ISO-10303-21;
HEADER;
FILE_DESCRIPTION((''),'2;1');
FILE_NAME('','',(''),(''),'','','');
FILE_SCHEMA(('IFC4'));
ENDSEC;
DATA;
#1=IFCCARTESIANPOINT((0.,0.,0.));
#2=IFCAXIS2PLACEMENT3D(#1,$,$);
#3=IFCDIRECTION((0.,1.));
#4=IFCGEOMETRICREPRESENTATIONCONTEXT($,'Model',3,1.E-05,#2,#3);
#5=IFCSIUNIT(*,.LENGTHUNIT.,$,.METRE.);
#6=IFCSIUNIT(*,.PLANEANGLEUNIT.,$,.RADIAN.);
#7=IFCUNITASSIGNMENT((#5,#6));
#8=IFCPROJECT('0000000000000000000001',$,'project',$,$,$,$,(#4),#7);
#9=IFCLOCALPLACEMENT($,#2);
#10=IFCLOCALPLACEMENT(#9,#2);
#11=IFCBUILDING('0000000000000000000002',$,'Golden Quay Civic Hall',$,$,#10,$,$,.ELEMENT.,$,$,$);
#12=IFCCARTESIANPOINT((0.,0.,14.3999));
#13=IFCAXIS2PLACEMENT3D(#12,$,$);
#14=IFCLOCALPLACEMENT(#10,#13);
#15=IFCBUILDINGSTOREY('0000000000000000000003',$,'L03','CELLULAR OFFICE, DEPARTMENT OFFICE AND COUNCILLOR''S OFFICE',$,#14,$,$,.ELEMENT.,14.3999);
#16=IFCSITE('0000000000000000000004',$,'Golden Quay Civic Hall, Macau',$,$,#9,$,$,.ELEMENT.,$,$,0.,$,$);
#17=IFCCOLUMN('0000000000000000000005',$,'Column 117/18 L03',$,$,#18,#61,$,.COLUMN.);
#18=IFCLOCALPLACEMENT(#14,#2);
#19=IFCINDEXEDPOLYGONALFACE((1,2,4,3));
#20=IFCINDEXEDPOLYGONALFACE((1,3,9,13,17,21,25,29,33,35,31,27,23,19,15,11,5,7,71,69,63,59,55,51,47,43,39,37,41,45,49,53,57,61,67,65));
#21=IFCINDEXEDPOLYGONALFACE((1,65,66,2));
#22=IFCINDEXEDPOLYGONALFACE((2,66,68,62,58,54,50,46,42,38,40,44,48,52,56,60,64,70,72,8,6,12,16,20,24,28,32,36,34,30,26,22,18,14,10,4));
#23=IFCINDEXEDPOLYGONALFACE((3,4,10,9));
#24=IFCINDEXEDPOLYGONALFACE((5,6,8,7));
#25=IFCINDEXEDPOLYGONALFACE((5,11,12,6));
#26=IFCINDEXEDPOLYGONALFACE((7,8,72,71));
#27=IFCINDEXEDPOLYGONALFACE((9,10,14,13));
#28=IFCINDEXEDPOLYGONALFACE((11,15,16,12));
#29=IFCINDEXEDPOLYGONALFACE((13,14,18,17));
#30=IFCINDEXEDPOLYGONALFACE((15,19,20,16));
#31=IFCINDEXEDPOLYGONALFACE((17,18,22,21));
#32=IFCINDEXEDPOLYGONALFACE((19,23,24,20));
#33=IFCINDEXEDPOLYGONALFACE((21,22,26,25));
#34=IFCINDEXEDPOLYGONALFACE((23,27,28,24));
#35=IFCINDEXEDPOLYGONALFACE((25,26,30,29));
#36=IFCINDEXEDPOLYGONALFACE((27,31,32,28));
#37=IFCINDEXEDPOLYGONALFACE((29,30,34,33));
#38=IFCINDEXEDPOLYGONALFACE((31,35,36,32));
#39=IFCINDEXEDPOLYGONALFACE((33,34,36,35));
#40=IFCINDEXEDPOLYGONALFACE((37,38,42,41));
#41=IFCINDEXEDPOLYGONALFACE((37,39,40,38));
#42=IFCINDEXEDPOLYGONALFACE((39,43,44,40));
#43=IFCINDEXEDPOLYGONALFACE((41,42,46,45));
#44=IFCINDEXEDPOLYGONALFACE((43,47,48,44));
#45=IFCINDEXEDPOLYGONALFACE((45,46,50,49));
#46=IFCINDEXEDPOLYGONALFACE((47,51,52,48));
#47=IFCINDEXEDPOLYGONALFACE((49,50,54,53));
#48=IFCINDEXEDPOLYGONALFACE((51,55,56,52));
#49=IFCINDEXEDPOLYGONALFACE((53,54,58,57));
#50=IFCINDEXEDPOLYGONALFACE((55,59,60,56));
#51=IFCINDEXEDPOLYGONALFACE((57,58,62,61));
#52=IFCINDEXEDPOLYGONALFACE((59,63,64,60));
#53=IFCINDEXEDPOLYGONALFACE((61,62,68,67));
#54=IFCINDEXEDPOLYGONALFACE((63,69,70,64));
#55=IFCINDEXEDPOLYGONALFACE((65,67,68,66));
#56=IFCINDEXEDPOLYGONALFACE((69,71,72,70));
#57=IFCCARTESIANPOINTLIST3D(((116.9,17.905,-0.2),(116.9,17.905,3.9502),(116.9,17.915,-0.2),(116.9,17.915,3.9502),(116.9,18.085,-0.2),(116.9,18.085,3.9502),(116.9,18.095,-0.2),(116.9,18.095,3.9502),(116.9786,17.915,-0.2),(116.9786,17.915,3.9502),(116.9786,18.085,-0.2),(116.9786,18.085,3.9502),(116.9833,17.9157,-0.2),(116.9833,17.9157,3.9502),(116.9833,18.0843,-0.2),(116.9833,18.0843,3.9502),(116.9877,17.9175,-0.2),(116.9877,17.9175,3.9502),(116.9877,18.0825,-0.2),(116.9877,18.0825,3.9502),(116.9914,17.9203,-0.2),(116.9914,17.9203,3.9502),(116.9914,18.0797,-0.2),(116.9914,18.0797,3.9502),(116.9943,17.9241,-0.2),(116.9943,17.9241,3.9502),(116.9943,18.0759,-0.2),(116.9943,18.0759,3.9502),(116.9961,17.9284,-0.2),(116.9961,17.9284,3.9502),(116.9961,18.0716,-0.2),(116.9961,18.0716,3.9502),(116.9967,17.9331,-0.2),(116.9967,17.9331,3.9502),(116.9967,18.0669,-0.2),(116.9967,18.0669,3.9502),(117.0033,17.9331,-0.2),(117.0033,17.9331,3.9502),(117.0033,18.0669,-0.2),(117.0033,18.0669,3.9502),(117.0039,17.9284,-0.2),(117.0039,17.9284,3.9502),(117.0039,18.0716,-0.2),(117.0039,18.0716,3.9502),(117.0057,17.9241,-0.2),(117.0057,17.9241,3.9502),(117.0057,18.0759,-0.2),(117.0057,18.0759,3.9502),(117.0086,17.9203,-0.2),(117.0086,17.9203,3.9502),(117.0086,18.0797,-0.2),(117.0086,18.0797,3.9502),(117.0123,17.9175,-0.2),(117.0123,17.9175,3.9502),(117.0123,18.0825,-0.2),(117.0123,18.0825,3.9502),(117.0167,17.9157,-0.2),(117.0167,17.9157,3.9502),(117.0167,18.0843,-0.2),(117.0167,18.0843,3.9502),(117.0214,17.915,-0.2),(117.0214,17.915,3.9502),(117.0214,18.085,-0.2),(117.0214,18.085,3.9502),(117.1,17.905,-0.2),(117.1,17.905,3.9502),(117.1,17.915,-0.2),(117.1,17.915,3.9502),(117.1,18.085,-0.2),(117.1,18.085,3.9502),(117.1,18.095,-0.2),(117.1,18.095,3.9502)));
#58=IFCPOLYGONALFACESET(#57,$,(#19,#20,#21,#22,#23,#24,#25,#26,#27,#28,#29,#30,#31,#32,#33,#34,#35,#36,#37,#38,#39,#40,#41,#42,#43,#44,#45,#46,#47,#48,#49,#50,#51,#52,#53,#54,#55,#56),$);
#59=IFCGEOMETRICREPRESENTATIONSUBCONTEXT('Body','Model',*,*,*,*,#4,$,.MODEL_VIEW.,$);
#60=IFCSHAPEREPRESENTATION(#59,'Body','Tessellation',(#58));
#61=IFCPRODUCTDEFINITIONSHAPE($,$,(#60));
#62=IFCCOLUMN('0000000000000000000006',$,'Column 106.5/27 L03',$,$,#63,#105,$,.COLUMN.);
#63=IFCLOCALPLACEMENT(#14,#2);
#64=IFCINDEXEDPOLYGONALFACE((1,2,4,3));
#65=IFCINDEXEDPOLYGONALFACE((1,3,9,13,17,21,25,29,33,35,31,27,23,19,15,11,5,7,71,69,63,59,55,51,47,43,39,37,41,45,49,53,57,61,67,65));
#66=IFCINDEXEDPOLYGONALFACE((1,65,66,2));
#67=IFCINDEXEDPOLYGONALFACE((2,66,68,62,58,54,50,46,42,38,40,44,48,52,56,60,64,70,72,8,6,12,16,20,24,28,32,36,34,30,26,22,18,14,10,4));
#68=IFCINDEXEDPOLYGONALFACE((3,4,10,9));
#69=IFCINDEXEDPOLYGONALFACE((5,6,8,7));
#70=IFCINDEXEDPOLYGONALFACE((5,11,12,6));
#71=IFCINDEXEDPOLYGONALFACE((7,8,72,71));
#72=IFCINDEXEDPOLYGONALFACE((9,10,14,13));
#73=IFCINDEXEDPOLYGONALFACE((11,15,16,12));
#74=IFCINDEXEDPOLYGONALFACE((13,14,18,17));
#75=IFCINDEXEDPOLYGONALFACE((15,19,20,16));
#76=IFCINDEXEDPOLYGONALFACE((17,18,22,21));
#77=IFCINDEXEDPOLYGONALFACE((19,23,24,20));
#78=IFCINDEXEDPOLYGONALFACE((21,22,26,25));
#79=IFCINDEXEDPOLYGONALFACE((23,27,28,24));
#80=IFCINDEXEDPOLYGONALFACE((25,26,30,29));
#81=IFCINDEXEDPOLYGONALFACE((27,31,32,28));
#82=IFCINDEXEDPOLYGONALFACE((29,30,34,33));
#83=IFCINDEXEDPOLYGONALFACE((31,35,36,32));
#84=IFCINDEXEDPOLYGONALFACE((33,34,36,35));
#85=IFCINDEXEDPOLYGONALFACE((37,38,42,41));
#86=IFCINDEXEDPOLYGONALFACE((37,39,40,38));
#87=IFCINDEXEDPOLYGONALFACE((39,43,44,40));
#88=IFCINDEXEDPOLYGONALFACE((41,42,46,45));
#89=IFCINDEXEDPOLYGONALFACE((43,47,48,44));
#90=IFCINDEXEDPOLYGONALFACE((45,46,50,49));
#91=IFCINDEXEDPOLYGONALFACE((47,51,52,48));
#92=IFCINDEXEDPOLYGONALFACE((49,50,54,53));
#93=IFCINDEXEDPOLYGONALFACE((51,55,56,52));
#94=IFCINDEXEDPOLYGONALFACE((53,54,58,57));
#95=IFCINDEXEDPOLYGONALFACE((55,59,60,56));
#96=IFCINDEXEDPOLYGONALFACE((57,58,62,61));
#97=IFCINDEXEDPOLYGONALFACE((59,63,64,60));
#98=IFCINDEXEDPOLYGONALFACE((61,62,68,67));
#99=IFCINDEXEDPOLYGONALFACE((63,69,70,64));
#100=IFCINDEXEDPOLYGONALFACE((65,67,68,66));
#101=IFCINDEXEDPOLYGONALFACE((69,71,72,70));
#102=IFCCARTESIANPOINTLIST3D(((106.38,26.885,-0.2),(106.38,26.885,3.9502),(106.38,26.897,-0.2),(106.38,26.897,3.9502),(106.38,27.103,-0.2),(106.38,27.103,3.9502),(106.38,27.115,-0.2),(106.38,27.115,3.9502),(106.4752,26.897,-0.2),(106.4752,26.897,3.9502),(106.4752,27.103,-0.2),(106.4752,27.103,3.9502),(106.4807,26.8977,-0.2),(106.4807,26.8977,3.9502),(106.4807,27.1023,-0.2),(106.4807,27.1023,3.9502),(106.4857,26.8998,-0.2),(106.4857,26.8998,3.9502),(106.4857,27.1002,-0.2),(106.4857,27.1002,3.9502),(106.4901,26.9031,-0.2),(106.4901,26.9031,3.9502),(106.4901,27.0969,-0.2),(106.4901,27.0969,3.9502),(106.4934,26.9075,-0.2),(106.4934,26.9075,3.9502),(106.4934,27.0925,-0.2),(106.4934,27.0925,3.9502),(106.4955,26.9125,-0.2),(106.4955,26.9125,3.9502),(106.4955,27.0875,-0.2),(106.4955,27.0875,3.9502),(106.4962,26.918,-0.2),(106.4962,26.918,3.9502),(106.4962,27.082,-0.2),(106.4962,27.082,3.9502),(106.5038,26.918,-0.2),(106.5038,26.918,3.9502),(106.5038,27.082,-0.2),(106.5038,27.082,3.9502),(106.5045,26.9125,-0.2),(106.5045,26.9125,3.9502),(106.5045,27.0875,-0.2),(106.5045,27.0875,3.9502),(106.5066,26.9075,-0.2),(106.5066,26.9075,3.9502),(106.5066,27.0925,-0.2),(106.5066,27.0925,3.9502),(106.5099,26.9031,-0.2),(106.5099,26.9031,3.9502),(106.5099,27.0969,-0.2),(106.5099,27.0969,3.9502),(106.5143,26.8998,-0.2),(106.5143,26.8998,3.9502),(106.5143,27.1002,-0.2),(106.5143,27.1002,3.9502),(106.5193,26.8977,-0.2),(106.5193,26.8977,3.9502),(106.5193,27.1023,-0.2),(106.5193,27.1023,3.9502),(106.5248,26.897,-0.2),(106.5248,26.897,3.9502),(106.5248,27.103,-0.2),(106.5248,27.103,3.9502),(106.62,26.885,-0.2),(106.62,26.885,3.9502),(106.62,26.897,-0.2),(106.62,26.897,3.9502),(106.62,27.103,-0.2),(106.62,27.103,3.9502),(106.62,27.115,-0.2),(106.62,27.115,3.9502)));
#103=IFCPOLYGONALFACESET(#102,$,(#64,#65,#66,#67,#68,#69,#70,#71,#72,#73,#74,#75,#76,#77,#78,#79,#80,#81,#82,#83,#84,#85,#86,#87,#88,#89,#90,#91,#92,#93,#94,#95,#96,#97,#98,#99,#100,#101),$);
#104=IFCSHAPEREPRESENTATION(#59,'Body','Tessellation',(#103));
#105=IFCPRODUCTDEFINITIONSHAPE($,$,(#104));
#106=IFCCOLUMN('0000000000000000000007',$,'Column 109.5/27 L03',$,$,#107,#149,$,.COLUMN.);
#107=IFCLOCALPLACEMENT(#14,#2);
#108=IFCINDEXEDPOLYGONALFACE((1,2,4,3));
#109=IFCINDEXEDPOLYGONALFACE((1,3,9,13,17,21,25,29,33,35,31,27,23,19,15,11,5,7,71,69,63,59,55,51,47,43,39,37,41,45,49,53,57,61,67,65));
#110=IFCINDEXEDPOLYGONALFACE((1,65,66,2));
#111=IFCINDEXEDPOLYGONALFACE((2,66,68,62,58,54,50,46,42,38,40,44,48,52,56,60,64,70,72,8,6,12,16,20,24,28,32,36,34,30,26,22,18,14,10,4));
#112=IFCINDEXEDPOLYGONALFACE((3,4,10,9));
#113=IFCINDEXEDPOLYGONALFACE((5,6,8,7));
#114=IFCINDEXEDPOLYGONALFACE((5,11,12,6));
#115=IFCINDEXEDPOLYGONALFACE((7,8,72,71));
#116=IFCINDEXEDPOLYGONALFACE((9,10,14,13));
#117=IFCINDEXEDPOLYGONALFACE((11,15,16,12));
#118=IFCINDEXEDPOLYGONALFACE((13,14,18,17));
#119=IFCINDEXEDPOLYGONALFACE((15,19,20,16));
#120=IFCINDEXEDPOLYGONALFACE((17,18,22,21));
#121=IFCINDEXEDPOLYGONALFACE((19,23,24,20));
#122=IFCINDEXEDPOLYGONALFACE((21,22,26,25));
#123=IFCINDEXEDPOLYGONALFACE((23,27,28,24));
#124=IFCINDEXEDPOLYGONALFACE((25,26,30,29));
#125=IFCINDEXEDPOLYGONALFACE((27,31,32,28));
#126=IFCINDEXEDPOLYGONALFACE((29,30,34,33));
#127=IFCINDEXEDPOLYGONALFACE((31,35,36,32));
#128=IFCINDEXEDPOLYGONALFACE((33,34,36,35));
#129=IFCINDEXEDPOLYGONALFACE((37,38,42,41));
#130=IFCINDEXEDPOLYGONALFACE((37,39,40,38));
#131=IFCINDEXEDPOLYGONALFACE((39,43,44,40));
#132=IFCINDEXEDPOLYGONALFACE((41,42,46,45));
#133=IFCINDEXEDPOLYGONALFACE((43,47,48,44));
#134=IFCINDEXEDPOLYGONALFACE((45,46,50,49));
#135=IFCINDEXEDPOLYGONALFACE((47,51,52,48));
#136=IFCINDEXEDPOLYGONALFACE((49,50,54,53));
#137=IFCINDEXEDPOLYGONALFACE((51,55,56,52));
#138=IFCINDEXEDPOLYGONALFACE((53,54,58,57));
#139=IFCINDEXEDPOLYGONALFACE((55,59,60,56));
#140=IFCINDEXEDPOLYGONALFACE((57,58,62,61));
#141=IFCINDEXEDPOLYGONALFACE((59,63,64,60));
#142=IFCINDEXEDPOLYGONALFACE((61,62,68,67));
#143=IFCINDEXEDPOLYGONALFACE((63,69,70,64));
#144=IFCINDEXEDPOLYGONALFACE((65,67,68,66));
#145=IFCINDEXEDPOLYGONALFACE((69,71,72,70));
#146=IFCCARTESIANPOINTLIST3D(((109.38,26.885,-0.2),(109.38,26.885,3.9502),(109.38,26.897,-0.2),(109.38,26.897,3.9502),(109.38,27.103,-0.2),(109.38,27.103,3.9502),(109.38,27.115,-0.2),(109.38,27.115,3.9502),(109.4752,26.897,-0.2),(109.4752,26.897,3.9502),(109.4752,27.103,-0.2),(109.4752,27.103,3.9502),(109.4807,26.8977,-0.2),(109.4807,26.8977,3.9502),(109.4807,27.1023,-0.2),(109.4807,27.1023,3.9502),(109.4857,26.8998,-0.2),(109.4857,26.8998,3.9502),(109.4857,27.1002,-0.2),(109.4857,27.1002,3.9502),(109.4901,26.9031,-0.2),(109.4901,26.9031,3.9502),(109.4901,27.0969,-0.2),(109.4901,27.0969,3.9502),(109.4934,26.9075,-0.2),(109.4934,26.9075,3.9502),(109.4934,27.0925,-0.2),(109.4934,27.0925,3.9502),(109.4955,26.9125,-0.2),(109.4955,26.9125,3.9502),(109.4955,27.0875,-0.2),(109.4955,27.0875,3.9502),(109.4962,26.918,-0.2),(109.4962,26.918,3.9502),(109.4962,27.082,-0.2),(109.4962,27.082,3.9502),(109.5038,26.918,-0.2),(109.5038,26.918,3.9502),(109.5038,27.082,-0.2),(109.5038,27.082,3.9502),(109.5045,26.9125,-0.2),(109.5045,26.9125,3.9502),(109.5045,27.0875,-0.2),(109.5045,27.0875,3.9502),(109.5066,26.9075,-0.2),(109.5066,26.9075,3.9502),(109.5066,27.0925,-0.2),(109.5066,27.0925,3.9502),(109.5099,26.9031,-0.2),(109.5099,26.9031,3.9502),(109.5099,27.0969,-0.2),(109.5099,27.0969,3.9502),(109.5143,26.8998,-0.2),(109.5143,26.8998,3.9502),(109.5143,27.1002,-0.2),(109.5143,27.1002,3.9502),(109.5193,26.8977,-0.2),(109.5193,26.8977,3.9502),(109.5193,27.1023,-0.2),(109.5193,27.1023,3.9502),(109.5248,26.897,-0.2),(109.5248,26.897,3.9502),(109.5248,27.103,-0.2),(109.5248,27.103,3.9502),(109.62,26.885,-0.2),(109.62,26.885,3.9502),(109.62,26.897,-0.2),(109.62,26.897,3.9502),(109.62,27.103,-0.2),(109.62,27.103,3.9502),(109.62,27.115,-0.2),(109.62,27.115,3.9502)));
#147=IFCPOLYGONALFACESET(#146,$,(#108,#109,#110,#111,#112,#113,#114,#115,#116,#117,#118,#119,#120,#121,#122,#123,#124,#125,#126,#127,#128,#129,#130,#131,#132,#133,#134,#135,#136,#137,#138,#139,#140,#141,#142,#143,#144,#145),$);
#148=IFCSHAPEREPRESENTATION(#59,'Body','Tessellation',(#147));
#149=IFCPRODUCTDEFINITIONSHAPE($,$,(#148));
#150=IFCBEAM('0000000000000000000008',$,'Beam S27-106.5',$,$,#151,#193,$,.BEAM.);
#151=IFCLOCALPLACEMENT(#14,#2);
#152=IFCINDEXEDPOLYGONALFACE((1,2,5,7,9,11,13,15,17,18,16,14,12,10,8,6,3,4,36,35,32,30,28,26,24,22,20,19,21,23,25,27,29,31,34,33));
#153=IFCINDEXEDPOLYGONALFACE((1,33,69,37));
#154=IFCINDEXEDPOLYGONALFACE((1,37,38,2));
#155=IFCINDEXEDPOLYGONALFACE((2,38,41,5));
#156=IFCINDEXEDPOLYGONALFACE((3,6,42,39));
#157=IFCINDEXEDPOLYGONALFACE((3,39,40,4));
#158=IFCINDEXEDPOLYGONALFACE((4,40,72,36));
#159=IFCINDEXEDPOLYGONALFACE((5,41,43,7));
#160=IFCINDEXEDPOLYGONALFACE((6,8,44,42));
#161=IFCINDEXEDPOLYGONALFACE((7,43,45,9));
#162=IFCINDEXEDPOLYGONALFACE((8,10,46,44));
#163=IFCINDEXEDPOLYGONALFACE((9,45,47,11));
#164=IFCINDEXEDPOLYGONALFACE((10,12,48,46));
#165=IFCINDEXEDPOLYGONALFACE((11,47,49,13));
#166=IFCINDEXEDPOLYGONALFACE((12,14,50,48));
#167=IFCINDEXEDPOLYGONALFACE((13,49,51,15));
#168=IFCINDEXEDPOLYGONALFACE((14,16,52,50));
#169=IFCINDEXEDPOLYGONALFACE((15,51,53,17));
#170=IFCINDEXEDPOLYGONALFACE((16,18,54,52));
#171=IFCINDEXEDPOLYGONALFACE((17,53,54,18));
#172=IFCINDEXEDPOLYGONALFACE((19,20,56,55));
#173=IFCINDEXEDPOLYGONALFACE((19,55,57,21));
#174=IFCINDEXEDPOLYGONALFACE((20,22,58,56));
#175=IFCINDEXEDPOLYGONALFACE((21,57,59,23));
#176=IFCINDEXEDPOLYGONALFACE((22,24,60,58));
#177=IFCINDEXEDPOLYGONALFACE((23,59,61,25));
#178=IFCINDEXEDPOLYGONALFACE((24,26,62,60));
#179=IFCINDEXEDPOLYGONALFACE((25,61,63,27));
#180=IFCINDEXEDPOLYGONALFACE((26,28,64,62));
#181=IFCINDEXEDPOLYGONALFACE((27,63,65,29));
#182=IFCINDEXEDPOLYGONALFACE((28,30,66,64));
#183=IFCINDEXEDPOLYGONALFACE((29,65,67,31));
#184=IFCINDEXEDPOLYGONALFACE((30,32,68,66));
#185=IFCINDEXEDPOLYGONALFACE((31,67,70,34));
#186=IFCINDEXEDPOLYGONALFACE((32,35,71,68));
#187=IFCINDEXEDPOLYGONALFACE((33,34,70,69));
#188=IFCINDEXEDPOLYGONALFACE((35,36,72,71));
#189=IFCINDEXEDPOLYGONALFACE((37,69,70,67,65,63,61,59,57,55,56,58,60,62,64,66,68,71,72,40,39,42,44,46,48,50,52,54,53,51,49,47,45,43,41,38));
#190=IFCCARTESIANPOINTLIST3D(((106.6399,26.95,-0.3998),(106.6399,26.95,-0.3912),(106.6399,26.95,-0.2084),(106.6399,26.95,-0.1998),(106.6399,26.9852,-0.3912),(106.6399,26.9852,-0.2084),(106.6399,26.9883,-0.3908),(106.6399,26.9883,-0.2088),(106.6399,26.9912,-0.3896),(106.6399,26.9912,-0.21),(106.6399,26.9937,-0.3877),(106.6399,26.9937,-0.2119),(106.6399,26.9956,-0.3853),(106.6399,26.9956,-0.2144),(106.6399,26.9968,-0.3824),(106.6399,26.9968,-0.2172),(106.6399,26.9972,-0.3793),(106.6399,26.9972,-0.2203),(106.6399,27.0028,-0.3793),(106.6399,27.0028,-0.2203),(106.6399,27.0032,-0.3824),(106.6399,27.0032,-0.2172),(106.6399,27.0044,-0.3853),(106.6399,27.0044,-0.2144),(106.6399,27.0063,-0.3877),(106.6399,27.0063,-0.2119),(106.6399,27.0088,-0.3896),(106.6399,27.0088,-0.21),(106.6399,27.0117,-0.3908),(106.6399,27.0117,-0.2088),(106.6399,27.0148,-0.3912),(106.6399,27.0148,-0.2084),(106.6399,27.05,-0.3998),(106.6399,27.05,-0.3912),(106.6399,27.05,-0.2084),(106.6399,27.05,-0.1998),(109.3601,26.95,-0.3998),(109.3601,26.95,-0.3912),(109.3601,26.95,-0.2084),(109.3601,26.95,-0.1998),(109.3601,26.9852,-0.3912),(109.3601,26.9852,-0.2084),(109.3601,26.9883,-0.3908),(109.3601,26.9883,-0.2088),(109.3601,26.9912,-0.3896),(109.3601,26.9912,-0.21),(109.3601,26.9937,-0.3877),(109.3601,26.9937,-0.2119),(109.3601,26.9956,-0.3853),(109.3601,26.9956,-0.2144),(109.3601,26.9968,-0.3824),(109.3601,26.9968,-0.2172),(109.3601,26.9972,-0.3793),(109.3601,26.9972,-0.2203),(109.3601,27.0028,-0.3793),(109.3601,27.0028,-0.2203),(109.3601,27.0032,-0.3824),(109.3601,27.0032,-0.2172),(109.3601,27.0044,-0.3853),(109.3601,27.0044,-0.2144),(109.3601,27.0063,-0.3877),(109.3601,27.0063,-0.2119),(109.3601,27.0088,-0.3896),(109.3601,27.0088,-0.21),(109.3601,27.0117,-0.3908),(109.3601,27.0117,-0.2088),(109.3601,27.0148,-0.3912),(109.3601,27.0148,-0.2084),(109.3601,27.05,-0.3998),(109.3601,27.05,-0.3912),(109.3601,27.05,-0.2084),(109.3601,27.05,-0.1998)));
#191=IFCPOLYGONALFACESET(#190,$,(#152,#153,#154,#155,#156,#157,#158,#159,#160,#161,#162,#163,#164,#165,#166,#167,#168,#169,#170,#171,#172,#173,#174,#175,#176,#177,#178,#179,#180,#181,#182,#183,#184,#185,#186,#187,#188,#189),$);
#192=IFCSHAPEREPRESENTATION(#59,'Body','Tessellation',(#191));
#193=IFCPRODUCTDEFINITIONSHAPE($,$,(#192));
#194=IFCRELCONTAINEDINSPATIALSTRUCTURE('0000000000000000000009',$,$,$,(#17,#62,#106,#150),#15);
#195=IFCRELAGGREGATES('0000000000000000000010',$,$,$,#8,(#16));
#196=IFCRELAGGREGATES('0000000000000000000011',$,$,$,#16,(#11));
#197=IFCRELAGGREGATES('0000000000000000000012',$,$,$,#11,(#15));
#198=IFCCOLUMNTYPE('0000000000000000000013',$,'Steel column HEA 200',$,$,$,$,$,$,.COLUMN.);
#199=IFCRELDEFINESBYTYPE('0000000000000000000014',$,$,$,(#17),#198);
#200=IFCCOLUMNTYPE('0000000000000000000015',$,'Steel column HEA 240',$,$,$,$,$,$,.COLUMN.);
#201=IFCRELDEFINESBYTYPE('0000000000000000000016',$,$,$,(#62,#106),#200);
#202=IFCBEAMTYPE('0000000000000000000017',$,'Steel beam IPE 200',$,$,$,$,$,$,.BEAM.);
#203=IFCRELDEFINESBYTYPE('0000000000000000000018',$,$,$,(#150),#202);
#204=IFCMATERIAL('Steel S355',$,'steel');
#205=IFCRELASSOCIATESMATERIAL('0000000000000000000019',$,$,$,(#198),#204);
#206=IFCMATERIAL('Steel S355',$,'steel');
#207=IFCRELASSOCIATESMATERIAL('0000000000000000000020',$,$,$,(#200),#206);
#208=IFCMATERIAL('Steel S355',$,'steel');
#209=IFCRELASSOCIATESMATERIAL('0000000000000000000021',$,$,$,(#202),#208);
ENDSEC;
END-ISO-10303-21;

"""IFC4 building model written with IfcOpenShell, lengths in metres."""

from ifc_helpers import new_model, si_unit, direction, frame, origin, origin_2d, place, context, subcontext, project, spatial, i_section, extrude, material, material_profile, profile_set, type_object, element, save


model = new_model("IFC4")

# Units and contexts
model_context = context("Model", 3, precision=1e-05, world=origin(), true_north=direction((0.0, 1.0)))
body_context = subcontext(model_context, "Body", "Model", "MODEL_VIEW")
ifc_project = project(units=[si_unit("LENGTHUNIT", "METRE"), si_unit("PLANEANGLEUNIT", "RADIAN")], contexts=[model_context])

# Site, building, storey
site_placement = place(None, origin())
site = spatial("IfcSite", under=ifc_project, at=site_placement, Name="Golden Quay Civic Hall, Macau", CompositionType="ELEMENT", RefElevation=0.0)
building_placement = place(site_placement, origin())
building = spatial("IfcBuilding", under=site, at=building_placement, Name="Golden Quay Civic Hall", CompositionType="ELEMENT")
storey_placement = place(building_placement, frame((0.0, 0.0, 14.3999)))
storey = spatial("IfcBuildingStorey", under=building, at=storey_placement, Name="L03", Description="CELLULAR OFFICE, DEPARTMENT OFFICE AND COUNCILLOR'S OFFICE", CompositionType="ELEMENT", Elevation=14.3999)

# Columns
ifc_material_1 = material(Name="Steel S355", Category="steel")
ifc_material_profile_1 = material_profile(ifc_material_1, i_section(OverallWidth=0.2, OverallDepth=0.1899, WebThickness=0.0066, FlangeThickness=0.01, FilletRadius=0.0181, at=origin_2d()), Name="HEA 200")
ifc_profile_set_1 = profile_set([ifc_material_profile_1], Name="Steel S355")
column_type_1 = type_object("IfcColumnType", Name="Steel column HEA 200", PredefinedType="COLUMN", material=ifc_profile_set_1)
column_placement = place(storey_placement, frame((117.0, 18.0, -0.2), z_axis=(0.0, 0.0, 1.0), x_axis=(1.0, 0.0, 0.0)))
element("IfcColumn", 1, at=column_placement, inside=storey, type_object=column_type_1, Name="Column 117/18 L03", PredefinedType="COLUMN", context=body_context, shape_type="SweptSolid", body=[
    extrude(i_section(OverallWidth=0.2, OverallDepth=0.1899, WebThickness=0.0066, FlangeThickness=0.01, FilletRadius=0.0181, at=origin_2d()), origin(), (0.0, 0.0, 1.0), 4.1501),
])
ifc_material_2 = material(Name="Steel S355", Category="steel")
ifc_material_profile_2 = material_profile(ifc_material_2, i_section(OverallWidth=0.24, OverallDepth=0.23, WebThickness=0.0076, FlangeThickness=0.012, FilletRadius=0.021, at=origin_2d()), Name="HEA 240")
ifc_profile_set_2 = profile_set([ifc_material_profile_2], Name="Steel S355")
column_type_2 = type_object("IfcColumnType", Name="Steel column HEA 240", PredefinedType="COLUMN", material=ifc_profile_set_2)
for number, where, z_axis, x_axis, name in (
    (2, (106.5, 27.0, -0.2), (0.0, 0.0, 1.0), (1.0, 0.0, 0.0), "Column 106.5/27 L03"),
    (3, (109.5, 27.0, -0.2), (0.0, 0.0, 1.0), (1.0, 0.0, 0.0), "Column 109.5/27 L03"),
):
    element("IfcColumn", number, at=place(storey_placement, frame(where, z_axis=z_axis, x_axis=x_axis)), inside=storey, type_object=column_type_2, Name=name, PredefinedType="COLUMN", context=body_context, shape_type="SweptSolid", body=[
        extrude(i_section(OverallWidth=0.24, OverallDepth=0.23, WebThickness=0.0076, FlangeThickness=0.012, FilletRadius=0.021, at=origin_2d()), origin(), (0.0, 0.0, 1.0), 4.1501),
    ])

# Beam
ifc_material_3 = material(Name="Steel S355", Category="steel")
ifc_material_profile_3 = material_profile(ifc_material_3, i_section(OverallWidth=0.1001, OverallDepth=0.2, WebThickness=0.0056, FlangeThickness=0.0085, FilletRadius=0.012, at=origin_2d()), Name="IPE 200")
ifc_profile_set_3 = profile_set([ifc_material_profile_3], Name="Steel S355")
beam_type_1 = type_object("IfcBeamType", Name="Steel beam IPE 200", PredefinedType="BEAM", material=ifc_profile_set_3)
beam_placement = place(storey_placement, frame((106.6399, 27.0, -0.2998), z_axis=(1.0, 0.0, 0.0), x_axis=(0.0, 1.0, 0.0)))
element("IfcBeam", 4, at=beam_placement, inside=storey, type_object=beam_type_1, Name="Beam S27-106.5", PredefinedType="BEAM", context=body_context, shape_type="SweptSolid", body=[
    extrude(i_section(OverallWidth=0.1001, OverallDepth=0.2, WebThickness=0.0056, FlangeThickness=0.0085, FilletRadius=0.012, at=origin_2d()), origin(), (0.0, 0.0, 1.0), 2.7202),
])

save(model, "model.ifc")
